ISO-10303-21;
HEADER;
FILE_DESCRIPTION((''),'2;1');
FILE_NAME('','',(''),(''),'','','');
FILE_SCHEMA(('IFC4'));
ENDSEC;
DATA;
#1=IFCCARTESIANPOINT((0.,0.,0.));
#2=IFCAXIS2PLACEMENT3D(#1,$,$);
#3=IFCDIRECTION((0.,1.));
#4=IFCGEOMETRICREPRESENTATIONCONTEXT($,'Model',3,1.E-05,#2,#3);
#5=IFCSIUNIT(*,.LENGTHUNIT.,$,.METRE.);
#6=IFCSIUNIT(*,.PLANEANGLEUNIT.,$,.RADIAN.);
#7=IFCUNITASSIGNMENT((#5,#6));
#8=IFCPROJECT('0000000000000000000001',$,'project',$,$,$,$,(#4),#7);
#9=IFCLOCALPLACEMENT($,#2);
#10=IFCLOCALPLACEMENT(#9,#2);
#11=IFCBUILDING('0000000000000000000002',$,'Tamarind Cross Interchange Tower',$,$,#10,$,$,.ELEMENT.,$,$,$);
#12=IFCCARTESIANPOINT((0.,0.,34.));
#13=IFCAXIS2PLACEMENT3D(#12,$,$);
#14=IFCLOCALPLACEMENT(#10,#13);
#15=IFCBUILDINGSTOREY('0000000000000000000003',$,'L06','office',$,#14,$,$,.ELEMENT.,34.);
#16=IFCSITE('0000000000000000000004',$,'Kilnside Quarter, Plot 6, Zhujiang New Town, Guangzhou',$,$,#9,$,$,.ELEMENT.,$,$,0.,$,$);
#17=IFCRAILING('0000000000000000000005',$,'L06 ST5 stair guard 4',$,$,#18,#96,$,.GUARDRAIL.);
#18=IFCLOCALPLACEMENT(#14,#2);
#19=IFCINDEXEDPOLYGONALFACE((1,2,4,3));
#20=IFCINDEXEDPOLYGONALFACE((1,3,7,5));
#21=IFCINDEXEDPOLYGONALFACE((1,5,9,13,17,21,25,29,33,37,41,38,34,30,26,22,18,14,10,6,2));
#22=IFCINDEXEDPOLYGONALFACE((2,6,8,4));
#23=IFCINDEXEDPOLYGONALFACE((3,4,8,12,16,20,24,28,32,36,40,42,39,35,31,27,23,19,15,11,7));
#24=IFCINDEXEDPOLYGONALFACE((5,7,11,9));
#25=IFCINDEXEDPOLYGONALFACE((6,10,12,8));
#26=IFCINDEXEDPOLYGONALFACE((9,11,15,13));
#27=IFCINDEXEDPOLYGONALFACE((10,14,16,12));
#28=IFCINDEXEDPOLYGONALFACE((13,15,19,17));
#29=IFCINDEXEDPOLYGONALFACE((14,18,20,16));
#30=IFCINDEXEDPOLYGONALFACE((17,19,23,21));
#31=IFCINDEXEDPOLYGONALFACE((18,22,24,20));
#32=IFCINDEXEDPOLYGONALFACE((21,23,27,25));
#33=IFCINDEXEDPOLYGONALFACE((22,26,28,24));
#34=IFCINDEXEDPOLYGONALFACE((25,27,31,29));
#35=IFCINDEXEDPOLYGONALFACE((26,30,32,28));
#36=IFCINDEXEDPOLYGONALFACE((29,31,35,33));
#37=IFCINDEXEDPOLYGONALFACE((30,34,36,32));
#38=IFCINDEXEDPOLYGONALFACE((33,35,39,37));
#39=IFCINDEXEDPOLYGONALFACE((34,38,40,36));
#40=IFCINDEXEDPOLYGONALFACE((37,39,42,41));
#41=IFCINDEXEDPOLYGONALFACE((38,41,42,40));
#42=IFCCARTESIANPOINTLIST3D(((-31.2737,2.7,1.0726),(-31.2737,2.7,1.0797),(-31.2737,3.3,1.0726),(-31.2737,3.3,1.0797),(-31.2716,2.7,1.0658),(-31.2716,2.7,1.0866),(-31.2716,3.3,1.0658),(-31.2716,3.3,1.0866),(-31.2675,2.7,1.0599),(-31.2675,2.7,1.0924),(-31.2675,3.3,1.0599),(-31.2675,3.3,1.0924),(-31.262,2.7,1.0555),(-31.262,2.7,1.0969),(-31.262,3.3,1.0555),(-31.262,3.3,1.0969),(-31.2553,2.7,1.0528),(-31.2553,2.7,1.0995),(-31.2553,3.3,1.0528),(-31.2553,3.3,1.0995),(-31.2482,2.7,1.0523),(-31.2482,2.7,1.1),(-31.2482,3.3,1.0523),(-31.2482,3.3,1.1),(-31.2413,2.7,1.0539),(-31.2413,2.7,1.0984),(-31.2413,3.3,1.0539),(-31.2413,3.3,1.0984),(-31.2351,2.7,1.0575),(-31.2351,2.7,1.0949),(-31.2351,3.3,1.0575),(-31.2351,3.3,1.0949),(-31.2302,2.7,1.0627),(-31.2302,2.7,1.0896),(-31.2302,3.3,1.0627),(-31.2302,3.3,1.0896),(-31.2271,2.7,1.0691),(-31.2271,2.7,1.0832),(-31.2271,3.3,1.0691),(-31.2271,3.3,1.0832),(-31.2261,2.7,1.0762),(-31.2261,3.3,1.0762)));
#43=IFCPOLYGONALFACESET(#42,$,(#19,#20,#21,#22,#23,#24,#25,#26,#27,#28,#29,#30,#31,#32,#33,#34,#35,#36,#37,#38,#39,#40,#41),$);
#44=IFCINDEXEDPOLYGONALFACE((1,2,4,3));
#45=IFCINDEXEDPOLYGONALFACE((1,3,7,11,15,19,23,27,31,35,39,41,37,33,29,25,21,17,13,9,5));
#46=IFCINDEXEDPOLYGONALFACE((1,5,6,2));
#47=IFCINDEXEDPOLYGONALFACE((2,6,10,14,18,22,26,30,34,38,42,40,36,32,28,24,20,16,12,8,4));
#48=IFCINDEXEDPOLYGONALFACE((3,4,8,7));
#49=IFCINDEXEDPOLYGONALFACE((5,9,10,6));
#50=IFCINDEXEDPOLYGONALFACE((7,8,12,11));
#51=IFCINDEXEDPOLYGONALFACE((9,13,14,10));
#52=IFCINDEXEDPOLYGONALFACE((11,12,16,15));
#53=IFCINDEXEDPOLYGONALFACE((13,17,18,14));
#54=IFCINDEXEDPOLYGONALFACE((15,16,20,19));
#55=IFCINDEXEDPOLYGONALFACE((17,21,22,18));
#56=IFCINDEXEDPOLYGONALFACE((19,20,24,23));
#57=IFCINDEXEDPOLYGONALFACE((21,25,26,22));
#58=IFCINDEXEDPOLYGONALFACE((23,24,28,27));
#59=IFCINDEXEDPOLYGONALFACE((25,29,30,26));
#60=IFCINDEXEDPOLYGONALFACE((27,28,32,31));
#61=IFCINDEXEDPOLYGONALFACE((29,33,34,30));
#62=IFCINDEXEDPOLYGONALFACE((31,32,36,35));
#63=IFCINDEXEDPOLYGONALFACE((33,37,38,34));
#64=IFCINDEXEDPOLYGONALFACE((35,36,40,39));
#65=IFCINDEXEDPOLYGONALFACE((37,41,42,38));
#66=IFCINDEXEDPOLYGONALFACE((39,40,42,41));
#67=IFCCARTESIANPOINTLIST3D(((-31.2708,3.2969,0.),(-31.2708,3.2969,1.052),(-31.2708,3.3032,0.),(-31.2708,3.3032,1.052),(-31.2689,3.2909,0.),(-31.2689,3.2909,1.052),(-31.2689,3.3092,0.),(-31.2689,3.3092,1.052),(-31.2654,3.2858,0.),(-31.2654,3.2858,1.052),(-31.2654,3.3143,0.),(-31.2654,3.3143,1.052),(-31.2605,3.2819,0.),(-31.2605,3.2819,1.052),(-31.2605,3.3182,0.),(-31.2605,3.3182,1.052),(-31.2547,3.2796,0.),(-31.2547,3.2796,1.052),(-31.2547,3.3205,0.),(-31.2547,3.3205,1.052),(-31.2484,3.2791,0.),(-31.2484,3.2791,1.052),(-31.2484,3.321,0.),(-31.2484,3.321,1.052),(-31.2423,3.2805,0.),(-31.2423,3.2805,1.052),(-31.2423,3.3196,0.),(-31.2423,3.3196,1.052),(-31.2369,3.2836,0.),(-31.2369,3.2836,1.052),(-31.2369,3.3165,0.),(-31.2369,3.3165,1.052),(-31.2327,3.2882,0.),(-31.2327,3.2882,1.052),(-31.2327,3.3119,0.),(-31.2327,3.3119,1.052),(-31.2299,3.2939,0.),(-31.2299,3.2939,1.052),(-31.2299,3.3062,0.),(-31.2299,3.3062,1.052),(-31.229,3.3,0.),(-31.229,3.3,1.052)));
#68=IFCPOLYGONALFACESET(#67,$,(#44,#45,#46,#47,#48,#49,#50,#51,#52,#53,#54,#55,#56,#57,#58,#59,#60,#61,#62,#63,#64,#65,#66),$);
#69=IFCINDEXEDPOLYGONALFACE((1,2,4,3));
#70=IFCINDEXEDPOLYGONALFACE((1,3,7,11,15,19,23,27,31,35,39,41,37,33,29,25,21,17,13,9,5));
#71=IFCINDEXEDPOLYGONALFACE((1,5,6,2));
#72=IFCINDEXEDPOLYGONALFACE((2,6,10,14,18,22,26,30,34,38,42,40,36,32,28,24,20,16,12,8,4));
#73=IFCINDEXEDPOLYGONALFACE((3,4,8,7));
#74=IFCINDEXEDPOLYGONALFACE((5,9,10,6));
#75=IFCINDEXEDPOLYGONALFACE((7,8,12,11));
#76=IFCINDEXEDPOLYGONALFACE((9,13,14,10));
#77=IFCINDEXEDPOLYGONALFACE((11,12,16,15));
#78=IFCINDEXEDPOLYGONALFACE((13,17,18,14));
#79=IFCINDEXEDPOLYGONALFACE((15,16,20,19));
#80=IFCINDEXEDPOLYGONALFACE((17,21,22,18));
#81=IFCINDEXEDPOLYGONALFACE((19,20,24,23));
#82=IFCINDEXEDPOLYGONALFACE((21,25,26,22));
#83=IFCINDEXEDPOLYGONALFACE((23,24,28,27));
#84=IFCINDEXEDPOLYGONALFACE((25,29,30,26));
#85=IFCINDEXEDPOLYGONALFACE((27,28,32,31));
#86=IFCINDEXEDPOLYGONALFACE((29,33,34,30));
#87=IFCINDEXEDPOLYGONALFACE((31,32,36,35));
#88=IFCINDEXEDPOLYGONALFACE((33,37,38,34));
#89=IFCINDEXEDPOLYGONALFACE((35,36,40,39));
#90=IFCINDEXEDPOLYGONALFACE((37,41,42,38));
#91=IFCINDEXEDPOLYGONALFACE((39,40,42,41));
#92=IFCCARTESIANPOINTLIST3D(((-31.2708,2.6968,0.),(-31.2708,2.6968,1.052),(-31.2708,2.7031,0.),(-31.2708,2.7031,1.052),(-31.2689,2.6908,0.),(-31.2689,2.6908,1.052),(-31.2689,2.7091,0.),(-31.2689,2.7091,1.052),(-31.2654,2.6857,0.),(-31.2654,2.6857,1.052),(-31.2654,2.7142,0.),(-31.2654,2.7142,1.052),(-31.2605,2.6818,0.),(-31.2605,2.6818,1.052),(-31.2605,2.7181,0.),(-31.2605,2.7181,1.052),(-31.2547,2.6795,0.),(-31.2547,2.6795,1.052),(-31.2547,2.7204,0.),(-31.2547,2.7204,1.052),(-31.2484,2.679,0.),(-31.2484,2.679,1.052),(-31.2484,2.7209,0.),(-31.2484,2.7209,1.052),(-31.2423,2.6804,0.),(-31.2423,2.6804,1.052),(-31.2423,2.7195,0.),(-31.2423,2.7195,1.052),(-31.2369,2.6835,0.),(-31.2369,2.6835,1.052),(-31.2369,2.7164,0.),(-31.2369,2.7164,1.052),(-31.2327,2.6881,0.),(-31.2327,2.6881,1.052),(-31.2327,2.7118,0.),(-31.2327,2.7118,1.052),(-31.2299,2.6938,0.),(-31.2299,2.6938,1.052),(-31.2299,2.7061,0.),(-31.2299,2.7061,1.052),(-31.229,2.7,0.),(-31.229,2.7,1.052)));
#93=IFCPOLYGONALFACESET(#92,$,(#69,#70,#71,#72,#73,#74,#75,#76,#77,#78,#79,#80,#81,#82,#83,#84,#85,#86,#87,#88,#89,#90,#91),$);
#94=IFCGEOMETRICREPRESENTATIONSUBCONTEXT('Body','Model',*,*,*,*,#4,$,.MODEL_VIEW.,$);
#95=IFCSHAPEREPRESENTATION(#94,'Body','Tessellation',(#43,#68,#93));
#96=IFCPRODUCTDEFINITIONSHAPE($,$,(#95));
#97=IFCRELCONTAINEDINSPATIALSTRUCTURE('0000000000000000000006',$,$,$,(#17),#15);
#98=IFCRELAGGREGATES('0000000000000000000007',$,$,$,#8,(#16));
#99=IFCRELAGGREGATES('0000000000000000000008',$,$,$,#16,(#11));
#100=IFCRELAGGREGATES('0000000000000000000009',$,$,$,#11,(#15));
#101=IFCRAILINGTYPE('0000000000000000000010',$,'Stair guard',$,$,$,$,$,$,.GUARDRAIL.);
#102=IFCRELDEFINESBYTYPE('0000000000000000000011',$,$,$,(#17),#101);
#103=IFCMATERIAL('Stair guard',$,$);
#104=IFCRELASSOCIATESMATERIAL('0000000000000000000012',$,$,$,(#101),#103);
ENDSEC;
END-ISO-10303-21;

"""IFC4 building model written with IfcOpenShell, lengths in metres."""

from ifc_helpers import new_model, si_unit, direction, frame, origin, origin_2d, place, context, subcontext, project, spatial, circle, extrude, material, type_object, element, save


model = new_model("IFC4")

# Units and contexts
model_context = context("Model", 3, precision=1e-05, world=origin(), true_north=direction((0.0, 1.0)))
body_context = subcontext(model_context, "Body", "Model", "MODEL_VIEW")
ifc_project = project(units=[si_unit("LENGTHUNIT", "METRE"), si_unit("PLANEANGLEUNIT", "RADIAN")], contexts=[model_context])

# Site, building, storey
site_placement = place(None, origin())
site = spatial("IfcSite", under=ifc_project, at=site_placement, Name="Kilnside Quarter, Plot 6, Zhujiang New Town, Guangzhou", CompositionType="ELEMENT", RefElevation=0.0)
building_placement = place(site_placement, origin())
building = spatial("IfcBuilding", under=site, at=building_placement, Name="Tamarind Cross Interchange Tower", CompositionType="ELEMENT")
storey_placement = place(building_placement, frame((0.0, 0.0, 34.0)))
storey = spatial("IfcBuildingStorey", under=building, at=storey_placement, Name="L06", Description="office", CompositionType="ELEMENT", Elevation=34.0)

# Railing
ifc_material_1 = material(Name="Stair guard")
railing_type_1 = type_object("IfcRailingType", Name="Stair guard", PredefinedType="GUARDRAIL", material=ifc_material_1)
railing_1_placement = place(storey_placement, frame((-31.25, 3.3, 0.0)))
element("IfcRailing", 1, at=railing_1_placement, inside=storey, type_object=railing_type_1, Name="L06 ST5 stair guard 4", PredefinedType="GUARDRAIL", context=body_context, shape_type="SweptSolid", body=[
    extrude(circle(Radius=0.0239, at=origin_2d()), frame((0.0, 0.0, 1.0762), z_axis=(0.0, -1.0, 0.0), x_axis=(1.0, 0.0, 0.0)), (0.0, 0.0, 1.0), 0.6001),
    extrude(circle(Radius=0.021, at=origin_2d()), origin(), (0.0, 0.0, 1.0), 1.052),
    extrude(circle(Radius=0.021, at=origin_2d()), frame((0.0, -0.6001, 0.0)), (0.0, 0.0, 1.0), 1.052),
])

save(model, "model.ifc")
